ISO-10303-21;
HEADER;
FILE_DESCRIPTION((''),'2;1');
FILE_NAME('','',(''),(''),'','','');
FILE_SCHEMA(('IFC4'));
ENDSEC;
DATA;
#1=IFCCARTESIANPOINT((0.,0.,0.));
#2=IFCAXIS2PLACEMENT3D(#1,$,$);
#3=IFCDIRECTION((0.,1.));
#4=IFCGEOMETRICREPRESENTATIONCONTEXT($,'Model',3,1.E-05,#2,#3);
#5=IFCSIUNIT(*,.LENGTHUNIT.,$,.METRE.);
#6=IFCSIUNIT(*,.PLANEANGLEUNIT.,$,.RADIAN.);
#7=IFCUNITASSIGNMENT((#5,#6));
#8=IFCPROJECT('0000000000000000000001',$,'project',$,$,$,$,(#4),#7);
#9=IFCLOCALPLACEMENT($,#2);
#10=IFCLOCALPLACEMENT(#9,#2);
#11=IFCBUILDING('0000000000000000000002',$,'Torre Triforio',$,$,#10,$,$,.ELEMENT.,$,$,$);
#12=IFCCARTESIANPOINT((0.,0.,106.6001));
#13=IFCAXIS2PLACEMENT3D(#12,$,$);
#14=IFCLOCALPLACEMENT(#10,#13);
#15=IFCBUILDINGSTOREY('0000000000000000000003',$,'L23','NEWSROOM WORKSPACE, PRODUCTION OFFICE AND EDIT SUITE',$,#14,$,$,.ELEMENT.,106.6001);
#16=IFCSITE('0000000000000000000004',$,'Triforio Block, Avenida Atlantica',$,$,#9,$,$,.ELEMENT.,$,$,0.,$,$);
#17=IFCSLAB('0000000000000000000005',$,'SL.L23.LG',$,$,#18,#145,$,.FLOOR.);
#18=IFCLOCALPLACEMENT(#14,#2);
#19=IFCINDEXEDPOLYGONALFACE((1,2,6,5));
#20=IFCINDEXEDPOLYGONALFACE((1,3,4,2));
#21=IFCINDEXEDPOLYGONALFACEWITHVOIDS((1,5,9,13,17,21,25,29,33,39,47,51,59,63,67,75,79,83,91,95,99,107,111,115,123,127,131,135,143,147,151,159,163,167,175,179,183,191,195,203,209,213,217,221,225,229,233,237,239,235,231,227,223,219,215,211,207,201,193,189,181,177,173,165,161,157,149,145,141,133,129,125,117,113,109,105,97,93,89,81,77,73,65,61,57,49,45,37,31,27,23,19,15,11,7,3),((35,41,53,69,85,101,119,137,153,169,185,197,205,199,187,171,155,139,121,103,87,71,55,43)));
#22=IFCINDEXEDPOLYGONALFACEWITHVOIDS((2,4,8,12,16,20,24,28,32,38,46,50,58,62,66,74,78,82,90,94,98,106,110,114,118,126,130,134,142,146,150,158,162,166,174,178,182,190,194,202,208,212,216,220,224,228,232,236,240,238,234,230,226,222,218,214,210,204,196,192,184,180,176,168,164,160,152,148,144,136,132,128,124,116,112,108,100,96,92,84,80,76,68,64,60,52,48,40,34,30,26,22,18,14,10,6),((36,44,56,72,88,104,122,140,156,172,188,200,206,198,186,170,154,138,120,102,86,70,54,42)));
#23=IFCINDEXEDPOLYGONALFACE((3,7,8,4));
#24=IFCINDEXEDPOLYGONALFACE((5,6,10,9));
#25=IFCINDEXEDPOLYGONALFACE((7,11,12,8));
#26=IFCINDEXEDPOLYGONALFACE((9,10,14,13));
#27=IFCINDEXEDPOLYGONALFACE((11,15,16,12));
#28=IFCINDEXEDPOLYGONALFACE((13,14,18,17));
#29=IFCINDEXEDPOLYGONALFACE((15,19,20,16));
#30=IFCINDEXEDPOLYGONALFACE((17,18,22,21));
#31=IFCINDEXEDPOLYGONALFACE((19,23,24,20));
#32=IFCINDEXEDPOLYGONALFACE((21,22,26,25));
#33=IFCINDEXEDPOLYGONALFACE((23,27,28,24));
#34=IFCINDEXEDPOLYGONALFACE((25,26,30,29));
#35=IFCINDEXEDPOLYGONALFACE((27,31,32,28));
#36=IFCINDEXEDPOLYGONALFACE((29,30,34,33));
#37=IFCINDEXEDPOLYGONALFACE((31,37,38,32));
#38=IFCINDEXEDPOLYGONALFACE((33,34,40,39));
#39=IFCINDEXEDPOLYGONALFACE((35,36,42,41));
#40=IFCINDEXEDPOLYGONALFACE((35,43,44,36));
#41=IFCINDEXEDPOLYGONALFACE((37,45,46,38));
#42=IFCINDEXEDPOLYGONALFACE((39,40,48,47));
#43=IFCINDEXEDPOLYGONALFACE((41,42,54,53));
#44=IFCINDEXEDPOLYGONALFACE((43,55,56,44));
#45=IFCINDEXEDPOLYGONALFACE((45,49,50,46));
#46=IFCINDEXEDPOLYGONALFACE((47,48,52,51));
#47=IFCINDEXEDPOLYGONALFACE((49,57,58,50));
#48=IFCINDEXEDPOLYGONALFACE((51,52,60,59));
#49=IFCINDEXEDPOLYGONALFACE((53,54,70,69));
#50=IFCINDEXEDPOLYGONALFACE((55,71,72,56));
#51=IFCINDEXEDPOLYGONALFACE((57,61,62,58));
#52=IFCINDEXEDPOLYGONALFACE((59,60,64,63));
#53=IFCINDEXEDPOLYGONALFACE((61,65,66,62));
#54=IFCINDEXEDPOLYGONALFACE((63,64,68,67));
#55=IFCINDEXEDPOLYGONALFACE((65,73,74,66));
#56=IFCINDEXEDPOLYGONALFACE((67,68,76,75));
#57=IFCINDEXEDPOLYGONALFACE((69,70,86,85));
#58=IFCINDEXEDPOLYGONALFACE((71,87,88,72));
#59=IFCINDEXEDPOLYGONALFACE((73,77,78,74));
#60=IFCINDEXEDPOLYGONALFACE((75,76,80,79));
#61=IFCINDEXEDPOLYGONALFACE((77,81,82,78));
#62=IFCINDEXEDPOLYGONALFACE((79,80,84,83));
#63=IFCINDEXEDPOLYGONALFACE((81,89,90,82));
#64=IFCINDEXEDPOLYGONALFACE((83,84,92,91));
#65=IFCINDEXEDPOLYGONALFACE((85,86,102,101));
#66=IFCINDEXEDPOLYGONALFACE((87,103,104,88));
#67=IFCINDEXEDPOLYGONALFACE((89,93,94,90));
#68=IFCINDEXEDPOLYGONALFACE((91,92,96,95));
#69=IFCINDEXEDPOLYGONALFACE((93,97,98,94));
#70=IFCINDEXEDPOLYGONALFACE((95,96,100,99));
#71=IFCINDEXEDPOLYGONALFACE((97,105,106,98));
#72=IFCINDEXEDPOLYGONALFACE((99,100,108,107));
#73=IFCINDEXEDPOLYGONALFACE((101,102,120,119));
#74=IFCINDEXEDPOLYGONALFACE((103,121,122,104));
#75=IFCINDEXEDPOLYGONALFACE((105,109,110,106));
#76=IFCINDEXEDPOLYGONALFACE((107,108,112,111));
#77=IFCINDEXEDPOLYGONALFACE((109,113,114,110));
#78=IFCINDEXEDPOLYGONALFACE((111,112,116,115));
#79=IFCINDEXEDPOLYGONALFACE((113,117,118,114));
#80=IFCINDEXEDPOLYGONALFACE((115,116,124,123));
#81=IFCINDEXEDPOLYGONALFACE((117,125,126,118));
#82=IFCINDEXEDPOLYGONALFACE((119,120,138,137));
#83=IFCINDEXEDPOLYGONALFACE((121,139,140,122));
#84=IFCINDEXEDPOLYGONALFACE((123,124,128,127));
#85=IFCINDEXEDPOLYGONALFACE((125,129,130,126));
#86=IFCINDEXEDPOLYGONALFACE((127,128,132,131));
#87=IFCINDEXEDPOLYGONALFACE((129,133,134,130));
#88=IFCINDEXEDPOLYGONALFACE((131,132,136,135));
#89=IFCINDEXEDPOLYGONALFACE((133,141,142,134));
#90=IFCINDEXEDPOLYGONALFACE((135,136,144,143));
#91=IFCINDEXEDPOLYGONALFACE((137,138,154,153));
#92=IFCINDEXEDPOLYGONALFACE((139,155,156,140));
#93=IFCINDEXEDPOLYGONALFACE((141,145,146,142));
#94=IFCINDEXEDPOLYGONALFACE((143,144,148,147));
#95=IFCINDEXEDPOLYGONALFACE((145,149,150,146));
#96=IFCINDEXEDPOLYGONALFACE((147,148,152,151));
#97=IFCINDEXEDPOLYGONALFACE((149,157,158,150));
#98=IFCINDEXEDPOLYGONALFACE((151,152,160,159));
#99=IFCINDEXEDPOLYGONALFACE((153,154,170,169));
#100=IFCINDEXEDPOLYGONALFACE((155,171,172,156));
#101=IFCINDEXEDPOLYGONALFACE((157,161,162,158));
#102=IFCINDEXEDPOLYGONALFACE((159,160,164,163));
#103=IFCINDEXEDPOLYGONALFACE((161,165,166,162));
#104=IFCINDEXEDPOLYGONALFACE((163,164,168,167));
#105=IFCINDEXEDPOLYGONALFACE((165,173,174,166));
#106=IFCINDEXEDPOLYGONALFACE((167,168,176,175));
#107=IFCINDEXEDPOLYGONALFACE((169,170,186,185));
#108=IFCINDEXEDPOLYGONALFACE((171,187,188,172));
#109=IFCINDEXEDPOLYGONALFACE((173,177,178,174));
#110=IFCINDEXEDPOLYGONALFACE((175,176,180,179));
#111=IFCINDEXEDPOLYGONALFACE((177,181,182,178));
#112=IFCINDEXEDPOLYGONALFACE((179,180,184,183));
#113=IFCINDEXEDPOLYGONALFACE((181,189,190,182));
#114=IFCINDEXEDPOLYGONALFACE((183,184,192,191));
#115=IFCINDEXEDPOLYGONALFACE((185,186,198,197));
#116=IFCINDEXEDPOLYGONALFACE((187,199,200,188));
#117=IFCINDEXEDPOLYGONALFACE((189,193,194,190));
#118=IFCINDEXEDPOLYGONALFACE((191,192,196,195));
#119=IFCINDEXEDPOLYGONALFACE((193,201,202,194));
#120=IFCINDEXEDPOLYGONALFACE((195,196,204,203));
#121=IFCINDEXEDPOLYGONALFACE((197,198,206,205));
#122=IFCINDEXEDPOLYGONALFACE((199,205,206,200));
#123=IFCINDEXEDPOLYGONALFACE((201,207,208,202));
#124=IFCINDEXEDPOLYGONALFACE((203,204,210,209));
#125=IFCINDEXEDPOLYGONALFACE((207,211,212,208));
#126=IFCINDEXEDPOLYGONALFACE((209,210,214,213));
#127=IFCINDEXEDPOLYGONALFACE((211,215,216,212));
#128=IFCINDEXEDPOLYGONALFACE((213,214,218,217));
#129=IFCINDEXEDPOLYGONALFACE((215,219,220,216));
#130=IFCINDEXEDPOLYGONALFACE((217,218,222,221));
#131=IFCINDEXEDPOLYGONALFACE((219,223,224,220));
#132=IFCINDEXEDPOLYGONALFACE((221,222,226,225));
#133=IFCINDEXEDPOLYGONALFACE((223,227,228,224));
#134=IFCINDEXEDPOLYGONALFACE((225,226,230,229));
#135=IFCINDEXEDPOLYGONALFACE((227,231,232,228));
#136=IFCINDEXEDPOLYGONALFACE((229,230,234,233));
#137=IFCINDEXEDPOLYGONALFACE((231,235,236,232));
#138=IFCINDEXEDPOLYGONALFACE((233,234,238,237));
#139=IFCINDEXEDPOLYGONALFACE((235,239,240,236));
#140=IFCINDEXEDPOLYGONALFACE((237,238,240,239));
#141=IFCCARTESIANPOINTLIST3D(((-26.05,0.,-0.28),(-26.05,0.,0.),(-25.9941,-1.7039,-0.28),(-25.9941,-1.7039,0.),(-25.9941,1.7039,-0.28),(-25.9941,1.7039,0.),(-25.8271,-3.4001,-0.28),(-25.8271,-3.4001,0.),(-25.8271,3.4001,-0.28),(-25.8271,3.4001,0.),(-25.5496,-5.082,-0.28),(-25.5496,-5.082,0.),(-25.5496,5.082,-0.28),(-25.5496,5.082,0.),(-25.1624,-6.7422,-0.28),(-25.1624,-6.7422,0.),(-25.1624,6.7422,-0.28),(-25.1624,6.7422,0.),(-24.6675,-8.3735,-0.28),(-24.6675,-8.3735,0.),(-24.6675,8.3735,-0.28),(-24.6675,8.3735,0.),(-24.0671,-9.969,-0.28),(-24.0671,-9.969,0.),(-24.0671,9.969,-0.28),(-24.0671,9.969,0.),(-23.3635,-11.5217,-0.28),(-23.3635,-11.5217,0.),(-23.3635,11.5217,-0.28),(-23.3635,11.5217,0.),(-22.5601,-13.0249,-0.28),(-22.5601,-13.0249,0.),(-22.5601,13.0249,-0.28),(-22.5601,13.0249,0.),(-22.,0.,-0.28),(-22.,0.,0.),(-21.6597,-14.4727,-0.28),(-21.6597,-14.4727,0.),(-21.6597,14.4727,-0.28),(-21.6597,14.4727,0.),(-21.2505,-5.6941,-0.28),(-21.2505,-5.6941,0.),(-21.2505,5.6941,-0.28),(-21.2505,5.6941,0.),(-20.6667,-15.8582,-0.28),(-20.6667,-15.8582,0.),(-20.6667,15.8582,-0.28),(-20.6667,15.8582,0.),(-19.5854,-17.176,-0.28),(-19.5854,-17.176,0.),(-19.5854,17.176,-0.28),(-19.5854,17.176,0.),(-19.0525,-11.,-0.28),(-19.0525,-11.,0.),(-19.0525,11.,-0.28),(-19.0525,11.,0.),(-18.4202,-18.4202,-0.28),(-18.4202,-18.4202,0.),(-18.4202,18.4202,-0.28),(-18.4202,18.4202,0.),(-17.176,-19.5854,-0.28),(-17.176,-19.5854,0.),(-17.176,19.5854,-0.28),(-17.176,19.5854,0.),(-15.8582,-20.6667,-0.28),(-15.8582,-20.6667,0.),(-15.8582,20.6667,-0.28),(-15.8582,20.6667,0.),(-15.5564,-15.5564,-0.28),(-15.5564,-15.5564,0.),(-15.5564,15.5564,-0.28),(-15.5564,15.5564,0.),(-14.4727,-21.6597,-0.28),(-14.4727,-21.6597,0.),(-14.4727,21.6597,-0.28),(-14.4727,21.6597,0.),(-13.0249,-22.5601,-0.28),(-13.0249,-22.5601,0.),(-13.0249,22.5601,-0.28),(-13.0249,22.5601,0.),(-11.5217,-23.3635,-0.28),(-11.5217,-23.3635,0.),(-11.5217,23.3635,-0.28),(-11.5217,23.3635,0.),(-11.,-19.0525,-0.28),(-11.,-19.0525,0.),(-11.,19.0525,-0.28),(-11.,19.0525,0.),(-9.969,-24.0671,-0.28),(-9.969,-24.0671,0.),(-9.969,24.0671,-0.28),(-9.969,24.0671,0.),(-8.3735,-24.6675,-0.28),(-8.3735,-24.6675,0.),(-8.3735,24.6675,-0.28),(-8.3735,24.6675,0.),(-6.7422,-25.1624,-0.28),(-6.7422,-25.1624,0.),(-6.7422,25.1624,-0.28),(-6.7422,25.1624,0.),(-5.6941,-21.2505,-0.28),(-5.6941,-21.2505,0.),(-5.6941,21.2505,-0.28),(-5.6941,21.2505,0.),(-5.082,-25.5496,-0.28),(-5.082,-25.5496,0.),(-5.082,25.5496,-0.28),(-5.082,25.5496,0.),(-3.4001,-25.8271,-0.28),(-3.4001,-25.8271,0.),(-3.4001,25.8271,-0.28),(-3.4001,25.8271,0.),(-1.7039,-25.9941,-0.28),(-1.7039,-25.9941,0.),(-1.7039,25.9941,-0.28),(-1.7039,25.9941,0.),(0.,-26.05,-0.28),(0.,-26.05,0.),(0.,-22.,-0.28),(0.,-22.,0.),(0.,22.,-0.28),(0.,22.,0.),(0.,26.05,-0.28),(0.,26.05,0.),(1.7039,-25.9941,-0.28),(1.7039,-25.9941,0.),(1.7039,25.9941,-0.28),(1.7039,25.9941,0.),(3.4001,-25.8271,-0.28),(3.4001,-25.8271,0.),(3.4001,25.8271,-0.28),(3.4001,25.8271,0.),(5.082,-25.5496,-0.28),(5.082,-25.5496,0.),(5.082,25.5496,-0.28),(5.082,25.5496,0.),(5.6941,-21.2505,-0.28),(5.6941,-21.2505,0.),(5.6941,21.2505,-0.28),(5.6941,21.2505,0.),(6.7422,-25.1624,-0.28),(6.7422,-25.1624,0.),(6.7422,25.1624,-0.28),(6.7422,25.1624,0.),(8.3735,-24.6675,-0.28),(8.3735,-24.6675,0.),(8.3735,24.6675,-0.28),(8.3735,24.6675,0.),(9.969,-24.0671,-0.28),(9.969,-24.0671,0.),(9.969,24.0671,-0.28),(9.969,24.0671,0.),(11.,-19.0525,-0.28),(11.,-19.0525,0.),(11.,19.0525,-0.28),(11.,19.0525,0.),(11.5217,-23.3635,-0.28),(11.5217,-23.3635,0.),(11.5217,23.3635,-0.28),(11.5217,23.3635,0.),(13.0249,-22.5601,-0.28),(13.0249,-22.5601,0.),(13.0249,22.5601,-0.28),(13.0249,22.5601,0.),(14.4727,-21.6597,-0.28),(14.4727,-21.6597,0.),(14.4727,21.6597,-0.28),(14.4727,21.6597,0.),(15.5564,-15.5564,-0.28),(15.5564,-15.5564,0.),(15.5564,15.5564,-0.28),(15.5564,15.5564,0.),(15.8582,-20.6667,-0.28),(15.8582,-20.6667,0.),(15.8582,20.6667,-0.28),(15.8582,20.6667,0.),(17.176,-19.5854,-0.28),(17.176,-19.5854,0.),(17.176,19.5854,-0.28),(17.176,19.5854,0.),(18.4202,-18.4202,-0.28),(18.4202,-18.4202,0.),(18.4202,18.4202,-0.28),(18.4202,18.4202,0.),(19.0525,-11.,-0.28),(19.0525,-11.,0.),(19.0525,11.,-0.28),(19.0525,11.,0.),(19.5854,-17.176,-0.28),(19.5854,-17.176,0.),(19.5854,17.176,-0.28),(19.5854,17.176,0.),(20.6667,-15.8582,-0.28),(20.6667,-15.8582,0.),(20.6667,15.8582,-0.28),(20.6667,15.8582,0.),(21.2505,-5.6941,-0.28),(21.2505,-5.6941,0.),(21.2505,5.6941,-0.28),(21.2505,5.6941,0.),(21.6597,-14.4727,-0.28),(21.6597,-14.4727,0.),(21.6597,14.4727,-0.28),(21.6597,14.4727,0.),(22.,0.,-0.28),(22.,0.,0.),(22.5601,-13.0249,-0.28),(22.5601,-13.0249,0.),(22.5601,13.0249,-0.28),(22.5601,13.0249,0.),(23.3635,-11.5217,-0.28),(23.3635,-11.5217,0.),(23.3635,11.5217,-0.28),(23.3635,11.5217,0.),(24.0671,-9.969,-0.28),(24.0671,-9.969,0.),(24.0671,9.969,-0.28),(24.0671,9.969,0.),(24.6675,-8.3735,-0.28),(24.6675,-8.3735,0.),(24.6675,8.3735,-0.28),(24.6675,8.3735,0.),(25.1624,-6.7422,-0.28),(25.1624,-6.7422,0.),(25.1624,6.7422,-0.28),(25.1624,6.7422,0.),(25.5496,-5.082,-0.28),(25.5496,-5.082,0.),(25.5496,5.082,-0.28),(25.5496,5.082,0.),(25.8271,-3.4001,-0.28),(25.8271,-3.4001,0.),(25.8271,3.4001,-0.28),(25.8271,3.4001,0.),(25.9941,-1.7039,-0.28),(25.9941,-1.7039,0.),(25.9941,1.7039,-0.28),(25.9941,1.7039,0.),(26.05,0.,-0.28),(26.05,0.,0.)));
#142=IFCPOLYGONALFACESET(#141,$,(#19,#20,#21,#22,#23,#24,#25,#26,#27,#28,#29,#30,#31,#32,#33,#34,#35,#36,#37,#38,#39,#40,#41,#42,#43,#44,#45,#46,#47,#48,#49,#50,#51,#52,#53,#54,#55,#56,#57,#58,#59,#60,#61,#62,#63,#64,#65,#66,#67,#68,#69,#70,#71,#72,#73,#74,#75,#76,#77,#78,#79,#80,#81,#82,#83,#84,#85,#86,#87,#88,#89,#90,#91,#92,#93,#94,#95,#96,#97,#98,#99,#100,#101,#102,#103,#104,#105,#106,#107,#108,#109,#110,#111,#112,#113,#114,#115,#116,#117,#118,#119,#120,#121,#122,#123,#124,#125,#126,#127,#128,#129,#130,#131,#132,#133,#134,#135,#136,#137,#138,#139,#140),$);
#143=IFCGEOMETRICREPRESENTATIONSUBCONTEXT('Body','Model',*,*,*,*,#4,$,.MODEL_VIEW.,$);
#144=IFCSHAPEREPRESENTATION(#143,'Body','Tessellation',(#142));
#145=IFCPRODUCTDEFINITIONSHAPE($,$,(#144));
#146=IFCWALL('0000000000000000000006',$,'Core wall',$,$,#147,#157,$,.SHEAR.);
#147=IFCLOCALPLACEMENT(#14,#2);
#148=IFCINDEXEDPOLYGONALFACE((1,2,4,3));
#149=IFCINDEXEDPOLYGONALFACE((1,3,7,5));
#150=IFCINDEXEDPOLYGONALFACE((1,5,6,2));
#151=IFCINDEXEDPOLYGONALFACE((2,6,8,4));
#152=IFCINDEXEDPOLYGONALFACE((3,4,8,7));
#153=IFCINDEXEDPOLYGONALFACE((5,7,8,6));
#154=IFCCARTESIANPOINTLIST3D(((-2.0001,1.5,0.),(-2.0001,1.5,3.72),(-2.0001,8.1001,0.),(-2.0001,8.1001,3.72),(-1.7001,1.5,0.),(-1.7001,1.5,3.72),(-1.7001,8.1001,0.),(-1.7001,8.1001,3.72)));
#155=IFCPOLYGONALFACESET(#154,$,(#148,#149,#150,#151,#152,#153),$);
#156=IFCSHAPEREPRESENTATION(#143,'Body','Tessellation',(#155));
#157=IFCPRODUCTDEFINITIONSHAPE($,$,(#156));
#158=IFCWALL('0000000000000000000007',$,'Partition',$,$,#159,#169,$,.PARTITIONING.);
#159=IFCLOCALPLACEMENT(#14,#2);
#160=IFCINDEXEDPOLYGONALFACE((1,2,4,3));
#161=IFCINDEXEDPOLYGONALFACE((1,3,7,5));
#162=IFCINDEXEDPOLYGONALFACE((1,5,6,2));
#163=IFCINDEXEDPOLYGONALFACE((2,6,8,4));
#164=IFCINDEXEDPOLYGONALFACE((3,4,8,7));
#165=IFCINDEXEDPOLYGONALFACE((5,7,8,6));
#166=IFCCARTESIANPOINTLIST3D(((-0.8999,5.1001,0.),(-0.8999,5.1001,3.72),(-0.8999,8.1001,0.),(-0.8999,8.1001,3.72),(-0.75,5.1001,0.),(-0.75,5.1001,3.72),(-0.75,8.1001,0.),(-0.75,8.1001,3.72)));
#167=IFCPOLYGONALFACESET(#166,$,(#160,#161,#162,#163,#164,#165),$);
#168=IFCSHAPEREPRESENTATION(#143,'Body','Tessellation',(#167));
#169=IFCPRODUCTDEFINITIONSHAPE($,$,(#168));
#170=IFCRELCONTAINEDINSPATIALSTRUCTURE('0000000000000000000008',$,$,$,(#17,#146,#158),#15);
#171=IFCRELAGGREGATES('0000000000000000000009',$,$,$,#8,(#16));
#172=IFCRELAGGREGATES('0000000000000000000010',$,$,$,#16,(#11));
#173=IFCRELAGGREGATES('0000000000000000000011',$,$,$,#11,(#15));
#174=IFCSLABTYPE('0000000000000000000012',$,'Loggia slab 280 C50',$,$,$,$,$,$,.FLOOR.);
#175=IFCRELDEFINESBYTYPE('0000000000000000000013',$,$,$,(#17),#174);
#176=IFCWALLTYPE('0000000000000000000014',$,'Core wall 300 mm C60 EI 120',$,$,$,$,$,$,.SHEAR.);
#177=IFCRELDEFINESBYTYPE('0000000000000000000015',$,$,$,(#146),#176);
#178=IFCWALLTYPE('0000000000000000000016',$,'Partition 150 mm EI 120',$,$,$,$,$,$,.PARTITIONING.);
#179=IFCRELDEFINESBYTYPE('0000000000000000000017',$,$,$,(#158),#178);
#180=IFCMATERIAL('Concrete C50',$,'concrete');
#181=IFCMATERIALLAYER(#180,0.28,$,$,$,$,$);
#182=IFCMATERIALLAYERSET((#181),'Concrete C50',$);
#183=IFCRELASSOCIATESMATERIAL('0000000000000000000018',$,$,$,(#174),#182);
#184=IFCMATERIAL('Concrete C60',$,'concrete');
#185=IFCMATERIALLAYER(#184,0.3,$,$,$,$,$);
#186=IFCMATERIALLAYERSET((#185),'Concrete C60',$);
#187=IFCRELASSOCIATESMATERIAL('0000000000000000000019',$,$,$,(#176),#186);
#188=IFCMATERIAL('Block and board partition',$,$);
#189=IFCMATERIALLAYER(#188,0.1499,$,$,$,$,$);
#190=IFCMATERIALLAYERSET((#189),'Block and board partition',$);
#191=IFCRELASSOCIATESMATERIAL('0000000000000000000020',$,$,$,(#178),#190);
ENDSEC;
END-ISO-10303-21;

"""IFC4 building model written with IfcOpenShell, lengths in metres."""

from ifc_helpers import new_model, si_unit, direction, frame, frame_2d, origin, place, context, subcontext, project, spatial, polyline, rectangle, outline, extrude, material, layer, layer_set, type_object, element, save


model = new_model("IFC4")

# Units and contexts
model_context = context("Model", 3, precision=1e-05, world=origin(), true_north=direction((0.0, 1.0)))
body_context = subcontext(model_context, "Body", "Model", "MODEL_VIEW")
ifc_project = project(units=[si_unit("LENGTHUNIT", "METRE"), si_unit("PLANEANGLEUNIT", "RADIAN")], contexts=[model_context])

# Site, building, storey
site_placement = place(None, origin())
site = spatial("IfcSite", under=ifc_project, at=site_placement, Name="Triforio Block, Avenida Atlantica", CompositionType="ELEMENT", RefElevation=0.0)
building_placement = place(site_placement, origin())
building = spatial("IfcBuilding", under=site, at=building_placement, Name="Torre Triforio", CompositionType="ELEMENT")
storey_placement = place(building_placement, frame((0.0, 0.0, 106.6001)))
storey = spatial("IfcBuildingStorey", under=building, at=storey_placement, Name="L23", Description="NEWSROOM WORKSPACE, PRODUCTION OFFICE AND EDIT SUITE", CompositionType="ELEMENT", Elevation=106.6001)

# Slab
ifc_material_1 = material(Name="Concrete C50", Category="concrete")
ifc_layer_1 = layer(ifc_material_1, 0.28)
ifc_layer_set_1 = layer_set([ifc_layer_1], Name="Concrete C50")
slab_type_1 = type_object("IfcSlabType", Name="Loggia slab 280 C50", PredefinedType="FLOOR", material=ifc_layer_set_1)
slab_1_placement = place(storey_placement, frame((0.0, 0.0, -0.28)))
element("IfcSlab", 1, at=slab_1_placement, inside=storey, type_object=slab_type_1, Name="SL.L23.LG", PredefinedType="FLOOR", context=body_context, shape_type="SweptSolid", body=[
    extrude(outline(polyline([(25.9941, -1.7039), (26.05, 0.0), (25.9941, 1.7039), (25.8271, 3.4001), (25.5496, 5.082), (25.1624, 6.7422), (24.6675, 8.3735), (24.0671, 9.969), (23.3635, 11.5217), (22.5601, 13.0249), (21.6597, 14.4727), (20.6667, 15.8582), (19.5854, 17.176), (18.4202, 18.4202), (17.176, 19.5854), (15.8582, 20.6667), (14.4727, 21.6597), (13.0249, 22.5601), (11.5217, 23.3635), (9.969, 24.0671), (8.3735, 24.6675), (6.7422, 25.1624), (5.082, 25.5496), (3.4001, 25.8271), (1.7039, 25.9941), (0.0, 26.05), (-1.7039, 25.9941), (-3.4001, 25.8271), (-5.082, 25.5496), (-6.7422, 25.1624), (-8.3735, 24.6675), (-9.969, 24.0671), (-11.5217, 23.3635), (-13.0249, 22.5601), (-14.4727, 21.6597), (-15.8582, 20.6667), (-17.176, 19.5854), (-18.4202, 18.4202), (-19.5854, 17.176), (-20.6667, 15.8582), (-21.6597, 14.4727), (-22.5601, 13.0249), (-23.3635, 11.5217), (-24.0671, 9.969), (-24.6675, 8.3735), (-25.1624, 6.7422), (-25.5496, 5.082), (-25.8271, 3.4001), (-25.9941, 1.7039), (-26.05, 0.0), (-25.9941, -1.7039), (-25.8271, -3.4001), (-25.5496, -5.082), (-25.1624, -6.7422), (-24.6675, -8.3735), (-24.0671, -9.969), (-23.3635, -11.5217), (-22.5601, -13.0249), (-21.6597, -14.4727), (-20.6667, -15.8582), (-19.5854, -17.176), (-18.4202, -18.4202), (-17.176, -19.5854), (-15.8582, -20.6667), (-14.4727, -21.6597), (-13.0249, -22.5601), (-11.5217, -23.3635), (-9.969, -24.0671), (-8.3735, -24.6675), (-6.7422, -25.1624), (-5.082, -25.5496), (-3.4001, -25.8271), (-1.7039, -25.9941), (0.0, -26.05), (1.7039, -25.9941), (3.4001, -25.8271), (5.082, -25.5496), (6.7422, -25.1624), (8.3735, -24.6675), (9.969, -24.0671), (11.5217, -23.3635), (13.0249, -22.5601), (14.4727, -21.6597), (15.8582, -20.6667), (17.176, -19.5854), (18.4202, -18.4202), (19.5854, -17.176), (20.6667, -15.8582), (21.6597, -14.4727), (22.5601, -13.0249), (23.3635, -11.5217), (24.0671, -9.969), (24.6675, -8.3735), (25.1624, -6.7422), (25.5496, -5.082), (25.8271, -3.4001), (25.9941, -1.7039)]), holes=[polyline([(21.2505, 5.6941), (22.0, 0.0), (21.2505, -5.6941), (19.0525, -11.0), (15.5564, -15.5564), (11.0, -19.0525), (5.6941, -21.2505), (0.0, -22.0), (-5.6941, -21.2505), (-11.0, -19.0525), (-15.5564, -15.5564), (-19.0525, -11.0), (-21.2505, -5.6941), (-22.0, 0.0), (-21.2505, 5.6941), (-19.0525, 11.0), (-15.5564, 15.5564), (-11.0, 19.0525), (-5.6941, 21.2505), (0.0, 22.0), (5.6941, 21.2505), (11.0, 19.0525), (15.5564, 15.5564), (19.0525, 11.0), (21.2505, 5.6941)])]), origin(), (0.0, 0.0, 1.0), 0.28),
])

# Walls
ifc_material_2 = material(Name="Concrete C60", Category="concrete")
ifc_layer_2 = layer(ifc_material_2, 0.3)
ifc_layer_set_2 = layer_set([ifc_layer_2], Name="Concrete C60")
wall_type_1 = type_object("IfcWallType", Name="Core wall 300 mm C60 EI 120", PredefinedType="SHEAR", material=ifc_layer_set_2)
wall_1_placement = place(storey_placement, frame((-1.8501, 1.5, 0.0), z_axis=(0.0, 0.0, 1.0), x_axis=(0.0, 1.0, 0.0)))
element("IfcWall", 2, at=wall_1_placement, inside=storey, type_object=wall_type_1, Name="Core wall", PredefinedType="SHEAR", context=body_context, shape_type="SweptSolid", body=[
    extrude(rectangle(XDim=6.6001, YDim=0.3, at=frame_2d((3.3, 0.0))), origin(), (0.0, 0.0, 1.0), 3.72),
])
ifc_material_3 = material(Name="Block and board partition")
ifc_layer_3 = layer(ifc_material_3, 0.1499)
ifc_layer_set_3 = layer_set([ifc_layer_3], Name="Block and board partition")
wall_type_2 = type_object("IfcWallType", Name="Partition 150 mm EI 120", PredefinedType="PARTITIONING", material=ifc_layer_set_3)
wall_2_placement = place(storey_placement, frame((-0.825, 5.1001, 0.0), z_axis=(0.0, 0.0, 1.0), x_axis=(0.0, 1.0, 0.0)))
element("IfcWall", 3, at=wall_2_placement, inside=storey, type_object=wall_type_2, Name="Partition", PredefinedType="PARTITIONING", context=body_context, shape_type="SweptSolid", body=[
    extrude(rectangle(XDim=3.0, YDim=0.1499, at=frame_2d((1.5, 0.0))), origin(), (0.0, 0.0, 1.0), 3.72),
])

save(model, "model.ifc")
